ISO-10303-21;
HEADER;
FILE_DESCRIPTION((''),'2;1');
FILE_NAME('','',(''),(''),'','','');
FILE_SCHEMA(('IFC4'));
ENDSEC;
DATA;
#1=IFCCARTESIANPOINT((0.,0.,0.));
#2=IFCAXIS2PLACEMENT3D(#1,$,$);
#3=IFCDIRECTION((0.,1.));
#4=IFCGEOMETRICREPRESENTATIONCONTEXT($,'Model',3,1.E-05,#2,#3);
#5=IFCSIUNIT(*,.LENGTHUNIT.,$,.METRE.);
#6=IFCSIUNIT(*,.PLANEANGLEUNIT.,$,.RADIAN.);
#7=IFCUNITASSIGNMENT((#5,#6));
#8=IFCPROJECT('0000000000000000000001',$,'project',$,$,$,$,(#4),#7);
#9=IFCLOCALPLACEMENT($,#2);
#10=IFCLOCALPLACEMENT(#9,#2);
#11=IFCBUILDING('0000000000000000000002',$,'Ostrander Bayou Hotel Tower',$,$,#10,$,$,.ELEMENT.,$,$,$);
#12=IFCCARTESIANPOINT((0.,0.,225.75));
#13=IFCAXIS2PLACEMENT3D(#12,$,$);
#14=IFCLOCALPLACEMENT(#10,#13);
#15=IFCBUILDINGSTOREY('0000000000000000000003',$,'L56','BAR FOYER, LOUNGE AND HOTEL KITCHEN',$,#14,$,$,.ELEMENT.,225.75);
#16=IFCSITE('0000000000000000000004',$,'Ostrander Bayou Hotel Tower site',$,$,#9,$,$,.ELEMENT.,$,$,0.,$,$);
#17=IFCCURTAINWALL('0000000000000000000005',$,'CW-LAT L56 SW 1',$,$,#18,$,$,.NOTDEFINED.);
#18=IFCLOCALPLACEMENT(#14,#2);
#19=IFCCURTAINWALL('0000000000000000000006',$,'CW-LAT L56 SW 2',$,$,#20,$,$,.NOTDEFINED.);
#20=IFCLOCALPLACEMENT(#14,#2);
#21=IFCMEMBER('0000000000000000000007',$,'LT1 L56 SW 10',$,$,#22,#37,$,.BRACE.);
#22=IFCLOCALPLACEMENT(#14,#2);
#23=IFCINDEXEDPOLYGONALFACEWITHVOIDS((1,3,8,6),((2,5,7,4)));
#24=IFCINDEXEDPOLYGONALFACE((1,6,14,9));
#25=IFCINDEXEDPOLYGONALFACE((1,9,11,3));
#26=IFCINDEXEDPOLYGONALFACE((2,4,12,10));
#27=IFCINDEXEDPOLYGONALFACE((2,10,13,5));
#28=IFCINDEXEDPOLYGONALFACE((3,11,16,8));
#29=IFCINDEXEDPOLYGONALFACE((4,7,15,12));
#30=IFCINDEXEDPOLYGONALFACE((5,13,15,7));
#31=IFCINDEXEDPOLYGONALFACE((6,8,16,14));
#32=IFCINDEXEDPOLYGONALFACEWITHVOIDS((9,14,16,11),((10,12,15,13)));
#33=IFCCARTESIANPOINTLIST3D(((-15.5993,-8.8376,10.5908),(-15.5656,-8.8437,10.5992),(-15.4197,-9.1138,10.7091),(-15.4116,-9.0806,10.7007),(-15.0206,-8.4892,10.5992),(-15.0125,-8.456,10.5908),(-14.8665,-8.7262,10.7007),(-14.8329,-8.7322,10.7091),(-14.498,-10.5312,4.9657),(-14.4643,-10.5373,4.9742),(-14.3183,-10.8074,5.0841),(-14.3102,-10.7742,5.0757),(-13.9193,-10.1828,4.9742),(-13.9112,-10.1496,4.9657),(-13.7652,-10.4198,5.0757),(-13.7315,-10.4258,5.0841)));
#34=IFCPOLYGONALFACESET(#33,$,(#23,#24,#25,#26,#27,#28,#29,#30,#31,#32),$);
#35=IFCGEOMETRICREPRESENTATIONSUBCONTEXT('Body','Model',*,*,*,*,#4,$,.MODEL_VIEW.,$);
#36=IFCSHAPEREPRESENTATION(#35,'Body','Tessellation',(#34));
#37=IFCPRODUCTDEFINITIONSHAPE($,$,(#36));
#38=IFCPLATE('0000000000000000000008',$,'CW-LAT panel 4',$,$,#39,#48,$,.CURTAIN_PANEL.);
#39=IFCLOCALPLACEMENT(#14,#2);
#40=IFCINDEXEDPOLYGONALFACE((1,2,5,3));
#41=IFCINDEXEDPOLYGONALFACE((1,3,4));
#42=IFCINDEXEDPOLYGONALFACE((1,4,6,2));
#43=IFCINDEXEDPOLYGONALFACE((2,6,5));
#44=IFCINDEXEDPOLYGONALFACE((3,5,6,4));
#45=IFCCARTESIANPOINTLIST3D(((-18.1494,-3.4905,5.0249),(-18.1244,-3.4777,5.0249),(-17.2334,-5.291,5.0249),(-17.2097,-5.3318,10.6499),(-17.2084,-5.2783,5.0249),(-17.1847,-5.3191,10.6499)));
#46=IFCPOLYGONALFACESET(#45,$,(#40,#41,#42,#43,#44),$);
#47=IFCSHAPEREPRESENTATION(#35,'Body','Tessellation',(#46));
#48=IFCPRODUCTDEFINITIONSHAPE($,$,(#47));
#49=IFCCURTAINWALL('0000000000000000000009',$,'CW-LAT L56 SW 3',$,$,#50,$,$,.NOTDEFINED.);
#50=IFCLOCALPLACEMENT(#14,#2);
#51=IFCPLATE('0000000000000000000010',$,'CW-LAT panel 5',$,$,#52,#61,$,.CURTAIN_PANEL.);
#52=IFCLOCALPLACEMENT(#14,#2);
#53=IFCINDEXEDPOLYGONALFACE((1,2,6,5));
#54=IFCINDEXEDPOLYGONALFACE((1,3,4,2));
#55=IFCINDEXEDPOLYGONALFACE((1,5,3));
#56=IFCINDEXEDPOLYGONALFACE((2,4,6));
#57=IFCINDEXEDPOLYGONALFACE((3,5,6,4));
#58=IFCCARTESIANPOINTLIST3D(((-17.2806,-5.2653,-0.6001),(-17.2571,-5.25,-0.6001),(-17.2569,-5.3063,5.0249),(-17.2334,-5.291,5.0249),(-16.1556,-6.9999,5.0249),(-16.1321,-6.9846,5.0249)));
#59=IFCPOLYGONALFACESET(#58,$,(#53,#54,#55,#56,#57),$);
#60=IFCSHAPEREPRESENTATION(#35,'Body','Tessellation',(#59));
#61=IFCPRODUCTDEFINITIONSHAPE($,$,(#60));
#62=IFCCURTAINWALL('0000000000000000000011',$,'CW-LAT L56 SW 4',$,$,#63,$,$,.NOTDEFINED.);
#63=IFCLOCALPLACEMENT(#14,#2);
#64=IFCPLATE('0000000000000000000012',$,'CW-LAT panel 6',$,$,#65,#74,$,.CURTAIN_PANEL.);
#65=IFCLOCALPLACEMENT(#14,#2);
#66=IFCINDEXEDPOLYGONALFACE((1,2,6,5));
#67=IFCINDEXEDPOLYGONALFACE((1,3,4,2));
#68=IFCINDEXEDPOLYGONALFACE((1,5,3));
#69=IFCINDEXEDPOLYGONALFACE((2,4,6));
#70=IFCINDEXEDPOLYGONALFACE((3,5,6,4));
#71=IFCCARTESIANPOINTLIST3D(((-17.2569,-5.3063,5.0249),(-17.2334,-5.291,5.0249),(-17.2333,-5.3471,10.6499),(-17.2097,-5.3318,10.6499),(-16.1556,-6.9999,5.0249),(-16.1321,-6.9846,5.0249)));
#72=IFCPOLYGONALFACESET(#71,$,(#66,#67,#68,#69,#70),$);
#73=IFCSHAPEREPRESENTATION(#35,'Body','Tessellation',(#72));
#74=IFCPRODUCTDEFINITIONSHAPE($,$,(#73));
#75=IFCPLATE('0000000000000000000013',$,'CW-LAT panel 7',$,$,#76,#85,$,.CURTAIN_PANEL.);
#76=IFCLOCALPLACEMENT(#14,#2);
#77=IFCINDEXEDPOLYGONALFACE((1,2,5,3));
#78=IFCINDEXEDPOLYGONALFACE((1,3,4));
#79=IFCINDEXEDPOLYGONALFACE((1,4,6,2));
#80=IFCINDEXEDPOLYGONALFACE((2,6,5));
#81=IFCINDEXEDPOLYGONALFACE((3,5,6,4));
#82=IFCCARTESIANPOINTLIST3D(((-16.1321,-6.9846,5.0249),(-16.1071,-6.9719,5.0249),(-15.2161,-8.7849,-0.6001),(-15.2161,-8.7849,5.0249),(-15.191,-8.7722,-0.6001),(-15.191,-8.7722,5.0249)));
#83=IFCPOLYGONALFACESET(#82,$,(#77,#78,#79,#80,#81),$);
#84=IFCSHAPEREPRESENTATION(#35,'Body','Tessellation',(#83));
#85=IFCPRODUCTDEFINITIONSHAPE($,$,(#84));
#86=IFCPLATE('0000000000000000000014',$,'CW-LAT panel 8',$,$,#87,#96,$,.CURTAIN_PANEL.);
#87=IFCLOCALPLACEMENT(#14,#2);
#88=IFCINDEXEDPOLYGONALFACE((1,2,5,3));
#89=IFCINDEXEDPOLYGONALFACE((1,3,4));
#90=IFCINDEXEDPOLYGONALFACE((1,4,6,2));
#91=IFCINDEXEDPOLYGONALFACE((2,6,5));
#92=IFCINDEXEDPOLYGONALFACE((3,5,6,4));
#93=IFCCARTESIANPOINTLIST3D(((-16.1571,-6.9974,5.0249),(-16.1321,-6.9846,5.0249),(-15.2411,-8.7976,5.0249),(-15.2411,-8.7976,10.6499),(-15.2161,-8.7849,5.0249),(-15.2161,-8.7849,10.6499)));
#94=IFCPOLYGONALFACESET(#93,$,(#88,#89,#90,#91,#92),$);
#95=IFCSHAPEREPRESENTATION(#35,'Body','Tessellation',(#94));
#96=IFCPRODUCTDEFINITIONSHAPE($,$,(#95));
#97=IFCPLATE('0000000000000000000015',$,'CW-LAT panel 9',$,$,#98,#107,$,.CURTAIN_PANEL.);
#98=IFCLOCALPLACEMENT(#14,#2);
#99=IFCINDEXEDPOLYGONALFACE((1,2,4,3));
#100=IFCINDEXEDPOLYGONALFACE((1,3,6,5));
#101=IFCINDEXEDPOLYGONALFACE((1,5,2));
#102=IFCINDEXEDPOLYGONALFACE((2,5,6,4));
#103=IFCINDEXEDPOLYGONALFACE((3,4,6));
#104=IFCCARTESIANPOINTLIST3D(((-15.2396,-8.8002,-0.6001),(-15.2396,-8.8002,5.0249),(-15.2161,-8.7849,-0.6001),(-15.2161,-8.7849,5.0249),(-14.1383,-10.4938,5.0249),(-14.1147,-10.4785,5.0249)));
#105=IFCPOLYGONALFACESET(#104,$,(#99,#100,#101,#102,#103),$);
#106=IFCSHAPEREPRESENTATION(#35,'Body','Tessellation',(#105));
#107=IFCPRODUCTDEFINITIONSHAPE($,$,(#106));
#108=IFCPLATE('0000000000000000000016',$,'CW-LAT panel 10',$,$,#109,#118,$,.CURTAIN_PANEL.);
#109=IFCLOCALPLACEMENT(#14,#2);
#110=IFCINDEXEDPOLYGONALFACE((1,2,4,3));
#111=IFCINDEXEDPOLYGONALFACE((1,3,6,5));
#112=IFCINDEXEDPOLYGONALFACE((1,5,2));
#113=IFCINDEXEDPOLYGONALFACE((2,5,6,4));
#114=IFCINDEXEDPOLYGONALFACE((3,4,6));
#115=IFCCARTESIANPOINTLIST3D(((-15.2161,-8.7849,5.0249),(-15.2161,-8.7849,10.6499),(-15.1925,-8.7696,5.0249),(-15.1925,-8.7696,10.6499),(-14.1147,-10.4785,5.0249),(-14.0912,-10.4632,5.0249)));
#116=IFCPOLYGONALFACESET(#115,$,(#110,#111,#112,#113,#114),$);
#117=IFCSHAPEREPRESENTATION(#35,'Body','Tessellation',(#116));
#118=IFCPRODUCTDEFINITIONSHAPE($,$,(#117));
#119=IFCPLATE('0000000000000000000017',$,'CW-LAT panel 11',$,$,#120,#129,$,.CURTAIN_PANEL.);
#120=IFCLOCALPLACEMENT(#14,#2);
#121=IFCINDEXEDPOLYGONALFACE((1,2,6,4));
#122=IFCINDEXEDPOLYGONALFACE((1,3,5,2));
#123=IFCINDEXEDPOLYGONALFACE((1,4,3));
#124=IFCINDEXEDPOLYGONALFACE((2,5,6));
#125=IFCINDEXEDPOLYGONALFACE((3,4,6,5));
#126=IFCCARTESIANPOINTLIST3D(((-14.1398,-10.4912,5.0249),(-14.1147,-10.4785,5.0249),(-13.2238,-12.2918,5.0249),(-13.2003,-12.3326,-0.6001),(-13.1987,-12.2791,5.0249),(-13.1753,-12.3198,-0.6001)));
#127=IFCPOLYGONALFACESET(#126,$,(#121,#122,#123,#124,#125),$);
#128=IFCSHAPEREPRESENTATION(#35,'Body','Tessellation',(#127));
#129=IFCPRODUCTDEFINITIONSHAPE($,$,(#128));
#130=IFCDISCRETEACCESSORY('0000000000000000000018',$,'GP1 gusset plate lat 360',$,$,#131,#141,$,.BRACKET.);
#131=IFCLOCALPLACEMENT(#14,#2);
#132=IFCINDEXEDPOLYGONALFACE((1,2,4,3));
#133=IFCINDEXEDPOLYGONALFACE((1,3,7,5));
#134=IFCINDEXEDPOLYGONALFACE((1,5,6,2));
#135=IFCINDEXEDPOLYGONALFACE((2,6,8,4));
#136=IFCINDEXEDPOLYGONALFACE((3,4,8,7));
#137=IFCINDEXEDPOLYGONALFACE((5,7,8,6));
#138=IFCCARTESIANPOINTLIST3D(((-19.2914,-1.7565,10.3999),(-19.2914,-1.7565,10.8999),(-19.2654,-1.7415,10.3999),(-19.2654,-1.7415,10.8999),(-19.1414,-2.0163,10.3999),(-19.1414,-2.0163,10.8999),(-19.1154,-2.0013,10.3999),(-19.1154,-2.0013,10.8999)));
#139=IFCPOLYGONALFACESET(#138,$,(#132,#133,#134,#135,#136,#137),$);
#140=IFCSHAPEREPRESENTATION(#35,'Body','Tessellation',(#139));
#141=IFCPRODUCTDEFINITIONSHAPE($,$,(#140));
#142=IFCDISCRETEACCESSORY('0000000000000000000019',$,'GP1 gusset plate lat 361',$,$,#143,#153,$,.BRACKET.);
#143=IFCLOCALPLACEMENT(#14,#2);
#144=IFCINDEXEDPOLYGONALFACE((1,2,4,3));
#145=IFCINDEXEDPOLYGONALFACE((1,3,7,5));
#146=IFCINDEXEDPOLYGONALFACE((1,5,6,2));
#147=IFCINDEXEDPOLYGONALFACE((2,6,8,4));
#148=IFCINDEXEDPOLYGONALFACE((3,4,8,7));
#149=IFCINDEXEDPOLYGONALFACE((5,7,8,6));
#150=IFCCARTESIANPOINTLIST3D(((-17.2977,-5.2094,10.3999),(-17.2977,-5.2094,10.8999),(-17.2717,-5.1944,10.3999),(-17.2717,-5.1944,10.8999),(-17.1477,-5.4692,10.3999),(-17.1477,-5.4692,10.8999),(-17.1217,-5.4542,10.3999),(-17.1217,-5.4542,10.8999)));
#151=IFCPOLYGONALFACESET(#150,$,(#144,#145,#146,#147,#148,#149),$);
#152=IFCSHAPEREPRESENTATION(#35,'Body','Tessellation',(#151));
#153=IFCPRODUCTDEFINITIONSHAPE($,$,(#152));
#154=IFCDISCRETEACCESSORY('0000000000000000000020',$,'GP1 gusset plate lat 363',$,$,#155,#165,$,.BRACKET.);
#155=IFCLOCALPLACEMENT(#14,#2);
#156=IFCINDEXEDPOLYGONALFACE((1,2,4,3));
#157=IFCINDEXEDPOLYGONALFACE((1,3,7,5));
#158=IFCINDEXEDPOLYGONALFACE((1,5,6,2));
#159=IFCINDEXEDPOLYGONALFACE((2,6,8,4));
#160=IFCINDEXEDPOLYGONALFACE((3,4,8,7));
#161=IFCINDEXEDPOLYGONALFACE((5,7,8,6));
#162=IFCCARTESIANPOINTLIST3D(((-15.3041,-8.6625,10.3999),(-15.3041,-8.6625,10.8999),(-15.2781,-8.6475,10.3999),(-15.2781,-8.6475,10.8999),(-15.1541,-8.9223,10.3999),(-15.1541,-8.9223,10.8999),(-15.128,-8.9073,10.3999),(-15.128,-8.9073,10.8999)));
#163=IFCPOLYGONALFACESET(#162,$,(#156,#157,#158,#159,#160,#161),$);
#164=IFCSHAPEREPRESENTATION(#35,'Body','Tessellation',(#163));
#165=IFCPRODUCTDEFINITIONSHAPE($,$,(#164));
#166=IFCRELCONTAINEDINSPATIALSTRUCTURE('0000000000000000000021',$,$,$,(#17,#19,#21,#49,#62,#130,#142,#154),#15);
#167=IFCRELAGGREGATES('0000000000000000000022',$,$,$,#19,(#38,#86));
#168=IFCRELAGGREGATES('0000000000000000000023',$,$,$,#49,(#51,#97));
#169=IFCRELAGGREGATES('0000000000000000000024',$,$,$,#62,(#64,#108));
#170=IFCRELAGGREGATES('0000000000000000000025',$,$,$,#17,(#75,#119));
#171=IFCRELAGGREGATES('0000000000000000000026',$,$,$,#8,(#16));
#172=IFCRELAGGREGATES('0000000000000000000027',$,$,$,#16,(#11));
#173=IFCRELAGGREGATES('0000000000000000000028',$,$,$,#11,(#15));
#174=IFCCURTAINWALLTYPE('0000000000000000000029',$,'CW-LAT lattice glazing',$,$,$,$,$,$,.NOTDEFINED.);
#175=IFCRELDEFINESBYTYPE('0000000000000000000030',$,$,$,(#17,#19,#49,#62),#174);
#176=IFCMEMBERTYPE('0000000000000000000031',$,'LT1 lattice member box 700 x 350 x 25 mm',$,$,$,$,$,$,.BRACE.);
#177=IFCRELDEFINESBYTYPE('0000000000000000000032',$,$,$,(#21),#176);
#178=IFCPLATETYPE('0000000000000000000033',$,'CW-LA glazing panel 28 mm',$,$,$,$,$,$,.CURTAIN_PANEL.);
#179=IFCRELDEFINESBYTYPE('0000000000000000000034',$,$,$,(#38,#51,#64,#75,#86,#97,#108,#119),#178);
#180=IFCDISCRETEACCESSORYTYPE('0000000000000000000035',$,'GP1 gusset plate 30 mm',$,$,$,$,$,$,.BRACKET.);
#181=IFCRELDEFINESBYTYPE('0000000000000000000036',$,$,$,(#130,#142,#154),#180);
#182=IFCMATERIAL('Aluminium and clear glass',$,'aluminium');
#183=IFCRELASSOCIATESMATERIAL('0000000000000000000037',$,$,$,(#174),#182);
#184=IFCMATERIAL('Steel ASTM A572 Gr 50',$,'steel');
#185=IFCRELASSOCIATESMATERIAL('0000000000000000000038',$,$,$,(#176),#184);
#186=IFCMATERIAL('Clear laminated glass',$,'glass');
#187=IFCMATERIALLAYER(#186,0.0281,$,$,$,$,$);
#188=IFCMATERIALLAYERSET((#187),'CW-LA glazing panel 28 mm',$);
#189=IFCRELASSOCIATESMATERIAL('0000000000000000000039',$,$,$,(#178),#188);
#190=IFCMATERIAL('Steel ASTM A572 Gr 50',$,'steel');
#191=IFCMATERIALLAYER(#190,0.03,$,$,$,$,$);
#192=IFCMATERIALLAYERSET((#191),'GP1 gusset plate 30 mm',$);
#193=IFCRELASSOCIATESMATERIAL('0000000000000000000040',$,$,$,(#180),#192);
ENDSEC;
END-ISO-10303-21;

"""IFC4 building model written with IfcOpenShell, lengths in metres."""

from ifc_helpers import new_model, si_unit, direction, frame, origin, origin_2d, place, context, subcontext, project, spatial, polyline, rectangle, hollow_rectangle, outline, extrude, material, layer, layer_set, material_profile, profile_set, type_object, element, aggregate, save


model = new_model("IFC4")

# Units and contexts
model_context = context("Model", 3, precision=1e-05, world=origin(), true_north=direction((0.0, 1.0)))
body_context = subcontext(model_context, "Body", "Model", "MODEL_VIEW")
ifc_project = project(units=[si_unit("LENGTHUNIT", "METRE"), si_unit("PLANEANGLEUNIT", "RADIAN")], contexts=[model_context])

# Site, building, storey
site_placement = place(None, origin())
site = spatial("IfcSite", under=ifc_project, at=site_placement, Name="Ostrander Bayou Hotel Tower site", CompositionType="ELEMENT", RefElevation=0.0)
building_placement = place(site_placement, origin())
building = spatial("IfcBuilding", under=site, at=building_placement, Name="Ostrander Bayou Hotel Tower", CompositionType="ELEMENT")
storey_placement = place(building_placement, frame((0.0, 0.0, 225.75)))
storey = spatial("IfcBuildingStorey", under=building, at=storey_placement, Name="L56", Description="BAR FOYER, LOUNGE AND HOTEL KITCHEN", CompositionType="ELEMENT", Elevation=225.75)

# Curtain walls
ifc_material_1 = material(Name="Aluminium and clear glass", Category="aluminium")
curtain_wall_type = type_object("IfcCurtainWallType", Name="CW-LAT lattice glazing", PredefinedType="NOTDEFINED", material=ifc_material_1)
curtain_wall_1_placement = place(storey_placement, origin())
curtain_wall_1 = element("IfcCurtainWall", 1, at=curtain_wall_1_placement, inside=storey, type_object=curtain_wall_type, Name="CW-LAT L56 SW 1", PredefinedType="NOTDEFINED")
curtain_wall_2_placement = place(storey_placement, origin())
curtain_wall_2 = element("IfcCurtainWall", 2, at=curtain_wall_2_placement, inside=storey, type_object=curtain_wall_type, Name="CW-LAT L56 SW 2", PredefinedType="NOTDEFINED")

# Member
ifc_material_2 = material(Name="Steel ASTM A572 Gr 50", Category="steel")
ifc_material_profile_1 = material_profile(ifc_material_2, hollow_rectangle(XDim=0.7, YDim=0.3501, WallThickness=0.0249, at=origin_2d()))
ifc_profile_set_1 = profile_set([ifc_material_profile_1], Name="Steel ASTM A572 Gr 50")
member_type_1 = type_object("IfcMemberType", Name="LT1 lattice member box 700 x 350 x 25 mm", PredefinedType="BRACE", material=ifc_profile_set_1)
for number, where, z_axis, x_axis, name in (
    (3, (-14.1147, -10.4785, 5.0249), (-0.184266, 0.283364, 0.941143), (-0.838336, -0.545154, 0.0), "LT1 L56 SW 10"),
):
    element("IfcMember", number, at=place(storey_placement, frame(where, z_axis=z_axis, x_axis=x_axis)), inside=storey, type_object=member_type_1, Name=name, PredefinedType="BRACE", context=body_context, shape_type="SweptSolid", body=[
        extrude(hollow_rectangle(XDim=0.7, YDim=0.3501, WallThickness=0.0249, at=origin_2d()), origin(), (0.0, 0.0, 1.0), 5.9768),
    ])

# Plate
ifc_material_3 = material(Name="Clear laminated glass", Category="glass")
ifc_layer_1 = layer(ifc_material_3, 0.0281)
ifc_layer_set_1 = layer_set([ifc_layer_1], Name="CW-LA glazing panel 28 mm")
plate_type = type_object("IfcPlateType", Name="CW-LA glazing panel 28 mm", PredefinedType="CURTAIN_PANEL", material=ifc_layer_set_1)
plate_1_placement = place(storey_placement, frame((-18.1494, -3.4905, 5.0249), z_axis=(-0.891287, -0.453439, 0.000466), x_axis=(0.156803, -0.307252, 0.938621)))
plate_1 = element("IfcPlate", 4, at=plate_1_placement, type_object=plate_type, Name="CW-LAT panel 4", PredefinedType="CURTAIN_PANEL", context=body_context, shape_type="SweptSolid", body=[
    extrude(outline(polyline([(0.0, 0.0), (5.9928, 0.0), (0.6969, -1.8962), (0.0, 0.0)])), origin(), (0.0, 0.0, -1.0), 0.0281),
])

# Curtain walls, plates
curtain_wall_3_placement = place(storey_placement, origin())
curtain_wall_3 = element("IfcCurtainWall", 5, at=curtain_wall_3_placement, inside=storey, type_object=curtain_wall_type, Name="CW-LAT L56 SW 3", PredefinedType="NOTDEFINED")
plate_2_placement = place(storey_placement, frame((-16.1321, -6.9846, 5.0249), z_axis=(0.838336, 0.545154, 0.000446), x_axis=(-0.187721, 0.289444, -0.938607)))
plate_2 = element("IfcPlate", 6, at=plate_2_placement, type_object=plate_type, Name="CW-LAT panel 5", PredefinedType="CURTAIN_PANEL", context=body_context, shape_type="SweptSolid", body=[
    extrude(outline(polyline([(0.0, 0.0), (5.9929, 0.0), (0.6969, 1.8962), (0.0, 0.0)])), origin(), (0.0, 0.0, -1.0), 0.0281),
])
curtain_wall_4_placement = place(storey_placement, origin())
curtain_wall_4 = element("IfcCurtainWall", 7, at=curtain_wall_4_placement, inside=storey, type_object=curtain_wall_type, Name="CW-LAT L56 SW 4", PredefinedType="NOTDEFINED")
plate_3_placement = place(storey_placement, frame((-16.1321, -6.9846, 5.0249), z_axis=(0.838336, 0.545154, 0.000422), x_axis=(-0.180781, 0.277273, 0.94363)))
plate_3 = element("IfcPlate", 8, at=plate_3_placement, type_object=plate_type, Name="CW-LAT panel 6", PredefinedType="CURTAIN_PANEL", context=body_context, shape_type="SweptSolid", body=[
    extrude(outline(polyline([(0.0, 0.0), (5.961, 0.0), (0.6687, -1.9063), (0.0, 0.0)])), origin(), (0.0, 0.0, -1.0), 0.0281),
])

# Plates
plate_4_placement = place(storey_placement, frame((-16.1321, -6.9846, 5.0249), z_axis=(-0.891263, -0.453488, 0.0), x_axis=(0.153265, -0.301219, -0.941157)))
plate_4 = element("IfcPlate", 9, at=plate_4_placement, type_object=plate_type, Name="CW-LAT panel 7", PredefinedType="CURTAIN_PANEL", context=body_context, shape_type="SweptSolid", body=[
    extrude(outline(polyline([(0.0, 0.0), (5.9767, 0.0), (0.6827, 1.9011), (0.0, 0.0)])), origin(), (0.0, 0.0, -1.0), 0.0281),
])
plate_5_placement = place(storey_placement, frame((-16.1321, -6.9846, 5.0249), z_axis=(0.891263, 0.453488, 0.0), x_axis=(0.153265, -0.301219, 0.941157)))
plate_5 = element("IfcPlate", 10, at=plate_5_placement, type_object=plate_type, Name="CW-LAT panel 8", PredefinedType="CURTAIN_PANEL", context=body_context, shape_type="SweptSolid", body=[
    extrude(outline(polyline([(0.0, 0.0), (5.9767, 0.0), (0.6827, 1.9011), (0.0, 0.0)])), origin(), (0.0, 0.0, -1.0), 0.0281),
])
aggregate(curtain_wall_2, [plate_1, plate_5])
plate_6_placement = place(storey_placement, frame((-14.1147, -10.4785, 5.0249), z_axis=(0.838336, 0.545154, 0.0), x_axis=(-0.184266, 0.283364, -0.941143)))
plate_6 = element("IfcPlate", 11, at=plate_6_placement, type_object=plate_type, Name="CW-LAT panel 9", PredefinedType="CURTAIN_PANEL", context=body_context, shape_type="SweptSolid", body=[
    extrude(outline(polyline([(0.0, 0.0), (5.9768, 0.0), (0.6828, 1.9013), (0.0, 0.0)])), origin(), (0.0, 0.0, -1.0), 0.0281),
])
aggregate(curtain_wall_3, [plate_2, plate_6])
plate_7_placement = place(storey_placement, frame((-14.1147, -10.4785, 5.0249), z_axis=(-0.838336, -0.545154, 0.0), x_axis=(-0.184266, 0.283364, 0.941143)))
plate_7 = element("IfcPlate", 12, at=plate_7_placement, type_object=plate_type, Name="CW-LAT panel 10", PredefinedType="CURTAIN_PANEL", context=body_context, shape_type="SweptSolid", body=[
    extrude(outline(polyline([(0.0, 0.0), (5.9768, 0.0), (0.6828, 1.9013), (0.0, 0.0)])), origin(), (0.0, 0.0, -1.0), 0.0281),
])
aggregate(curtain_wall_4, [plate_3, plate_7])
plate_8_placement = place(storey_placement, frame((-14.1147, -10.4785, 5.0249), z_axis=(0.891287, 0.453439, 0.000427), x_axis=(0.156764, -0.307254, -0.938627)))
plate_8 = element("IfcPlate", 13, at=plate_8_placement, type_object=plate_type, Name="CW-LAT panel 11", PredefinedType="CURTAIN_PANEL", context=body_context, shape_type="SweptSolid", body=[
    extrude(outline(polyline([(0.0, 0.0), (5.9928, 0.0), (0.6968, -1.8962), (0.0, 0.0)])), origin(), (0.0, 0.0, -1.0), 0.0281),
])
aggregate(curtain_wall_1, [plate_4, plate_8])

# Discrete accessories
ifc_material_4 = material(Name="Steel ASTM A572 Gr 50", Category="steel")
ifc_layer_2 = layer(ifc_material_4, 0.03)
ifc_layer_set_2 = layer_set([ifc_layer_2], Name="GP1 gusset plate 30 mm")
discrete_accessory_type = type_object("IfcDiscreteAccessoryType", Name="GP1 gusset plate 30 mm", PredefinedType="BRACKET", material=ifc_layer_set_2)
for number, where, z_axis, x_axis, name in (
    (14, (-19.2034, -1.8789, 10.3999), (0.0, 0.0, 1.0), (0.5, -0.866025, 0.0), "GP1 gusset plate lat 360"),
    (15, (-17.2097, -5.3318, 10.3999), (0.0, 0.0, 1.0), (0.5, -0.866025, 0.0), "GP1 gusset plate lat 361"),
    (16, (-15.2161, -8.7849, 10.3999), (0.0, 0.0, 1.0), (0.5, -0.866025, 0.0), "GP1 gusset plate lat 363"),
):
    element("IfcDiscreteAccessory", number, at=place(storey_placement, frame(where, z_axis=z_axis, x_axis=x_axis)), inside=storey, type_object=discrete_accessory_type, Name=name, PredefinedType="BRACKET", context=body_context, shape_type="SweptSolid", body=[
        extrude(rectangle(XDim=0.3, YDim=0.03, at=origin_2d()), origin(), (0.0, 0.0, 1.0), 0.5),
    ])

save(model, "model.ifc")
